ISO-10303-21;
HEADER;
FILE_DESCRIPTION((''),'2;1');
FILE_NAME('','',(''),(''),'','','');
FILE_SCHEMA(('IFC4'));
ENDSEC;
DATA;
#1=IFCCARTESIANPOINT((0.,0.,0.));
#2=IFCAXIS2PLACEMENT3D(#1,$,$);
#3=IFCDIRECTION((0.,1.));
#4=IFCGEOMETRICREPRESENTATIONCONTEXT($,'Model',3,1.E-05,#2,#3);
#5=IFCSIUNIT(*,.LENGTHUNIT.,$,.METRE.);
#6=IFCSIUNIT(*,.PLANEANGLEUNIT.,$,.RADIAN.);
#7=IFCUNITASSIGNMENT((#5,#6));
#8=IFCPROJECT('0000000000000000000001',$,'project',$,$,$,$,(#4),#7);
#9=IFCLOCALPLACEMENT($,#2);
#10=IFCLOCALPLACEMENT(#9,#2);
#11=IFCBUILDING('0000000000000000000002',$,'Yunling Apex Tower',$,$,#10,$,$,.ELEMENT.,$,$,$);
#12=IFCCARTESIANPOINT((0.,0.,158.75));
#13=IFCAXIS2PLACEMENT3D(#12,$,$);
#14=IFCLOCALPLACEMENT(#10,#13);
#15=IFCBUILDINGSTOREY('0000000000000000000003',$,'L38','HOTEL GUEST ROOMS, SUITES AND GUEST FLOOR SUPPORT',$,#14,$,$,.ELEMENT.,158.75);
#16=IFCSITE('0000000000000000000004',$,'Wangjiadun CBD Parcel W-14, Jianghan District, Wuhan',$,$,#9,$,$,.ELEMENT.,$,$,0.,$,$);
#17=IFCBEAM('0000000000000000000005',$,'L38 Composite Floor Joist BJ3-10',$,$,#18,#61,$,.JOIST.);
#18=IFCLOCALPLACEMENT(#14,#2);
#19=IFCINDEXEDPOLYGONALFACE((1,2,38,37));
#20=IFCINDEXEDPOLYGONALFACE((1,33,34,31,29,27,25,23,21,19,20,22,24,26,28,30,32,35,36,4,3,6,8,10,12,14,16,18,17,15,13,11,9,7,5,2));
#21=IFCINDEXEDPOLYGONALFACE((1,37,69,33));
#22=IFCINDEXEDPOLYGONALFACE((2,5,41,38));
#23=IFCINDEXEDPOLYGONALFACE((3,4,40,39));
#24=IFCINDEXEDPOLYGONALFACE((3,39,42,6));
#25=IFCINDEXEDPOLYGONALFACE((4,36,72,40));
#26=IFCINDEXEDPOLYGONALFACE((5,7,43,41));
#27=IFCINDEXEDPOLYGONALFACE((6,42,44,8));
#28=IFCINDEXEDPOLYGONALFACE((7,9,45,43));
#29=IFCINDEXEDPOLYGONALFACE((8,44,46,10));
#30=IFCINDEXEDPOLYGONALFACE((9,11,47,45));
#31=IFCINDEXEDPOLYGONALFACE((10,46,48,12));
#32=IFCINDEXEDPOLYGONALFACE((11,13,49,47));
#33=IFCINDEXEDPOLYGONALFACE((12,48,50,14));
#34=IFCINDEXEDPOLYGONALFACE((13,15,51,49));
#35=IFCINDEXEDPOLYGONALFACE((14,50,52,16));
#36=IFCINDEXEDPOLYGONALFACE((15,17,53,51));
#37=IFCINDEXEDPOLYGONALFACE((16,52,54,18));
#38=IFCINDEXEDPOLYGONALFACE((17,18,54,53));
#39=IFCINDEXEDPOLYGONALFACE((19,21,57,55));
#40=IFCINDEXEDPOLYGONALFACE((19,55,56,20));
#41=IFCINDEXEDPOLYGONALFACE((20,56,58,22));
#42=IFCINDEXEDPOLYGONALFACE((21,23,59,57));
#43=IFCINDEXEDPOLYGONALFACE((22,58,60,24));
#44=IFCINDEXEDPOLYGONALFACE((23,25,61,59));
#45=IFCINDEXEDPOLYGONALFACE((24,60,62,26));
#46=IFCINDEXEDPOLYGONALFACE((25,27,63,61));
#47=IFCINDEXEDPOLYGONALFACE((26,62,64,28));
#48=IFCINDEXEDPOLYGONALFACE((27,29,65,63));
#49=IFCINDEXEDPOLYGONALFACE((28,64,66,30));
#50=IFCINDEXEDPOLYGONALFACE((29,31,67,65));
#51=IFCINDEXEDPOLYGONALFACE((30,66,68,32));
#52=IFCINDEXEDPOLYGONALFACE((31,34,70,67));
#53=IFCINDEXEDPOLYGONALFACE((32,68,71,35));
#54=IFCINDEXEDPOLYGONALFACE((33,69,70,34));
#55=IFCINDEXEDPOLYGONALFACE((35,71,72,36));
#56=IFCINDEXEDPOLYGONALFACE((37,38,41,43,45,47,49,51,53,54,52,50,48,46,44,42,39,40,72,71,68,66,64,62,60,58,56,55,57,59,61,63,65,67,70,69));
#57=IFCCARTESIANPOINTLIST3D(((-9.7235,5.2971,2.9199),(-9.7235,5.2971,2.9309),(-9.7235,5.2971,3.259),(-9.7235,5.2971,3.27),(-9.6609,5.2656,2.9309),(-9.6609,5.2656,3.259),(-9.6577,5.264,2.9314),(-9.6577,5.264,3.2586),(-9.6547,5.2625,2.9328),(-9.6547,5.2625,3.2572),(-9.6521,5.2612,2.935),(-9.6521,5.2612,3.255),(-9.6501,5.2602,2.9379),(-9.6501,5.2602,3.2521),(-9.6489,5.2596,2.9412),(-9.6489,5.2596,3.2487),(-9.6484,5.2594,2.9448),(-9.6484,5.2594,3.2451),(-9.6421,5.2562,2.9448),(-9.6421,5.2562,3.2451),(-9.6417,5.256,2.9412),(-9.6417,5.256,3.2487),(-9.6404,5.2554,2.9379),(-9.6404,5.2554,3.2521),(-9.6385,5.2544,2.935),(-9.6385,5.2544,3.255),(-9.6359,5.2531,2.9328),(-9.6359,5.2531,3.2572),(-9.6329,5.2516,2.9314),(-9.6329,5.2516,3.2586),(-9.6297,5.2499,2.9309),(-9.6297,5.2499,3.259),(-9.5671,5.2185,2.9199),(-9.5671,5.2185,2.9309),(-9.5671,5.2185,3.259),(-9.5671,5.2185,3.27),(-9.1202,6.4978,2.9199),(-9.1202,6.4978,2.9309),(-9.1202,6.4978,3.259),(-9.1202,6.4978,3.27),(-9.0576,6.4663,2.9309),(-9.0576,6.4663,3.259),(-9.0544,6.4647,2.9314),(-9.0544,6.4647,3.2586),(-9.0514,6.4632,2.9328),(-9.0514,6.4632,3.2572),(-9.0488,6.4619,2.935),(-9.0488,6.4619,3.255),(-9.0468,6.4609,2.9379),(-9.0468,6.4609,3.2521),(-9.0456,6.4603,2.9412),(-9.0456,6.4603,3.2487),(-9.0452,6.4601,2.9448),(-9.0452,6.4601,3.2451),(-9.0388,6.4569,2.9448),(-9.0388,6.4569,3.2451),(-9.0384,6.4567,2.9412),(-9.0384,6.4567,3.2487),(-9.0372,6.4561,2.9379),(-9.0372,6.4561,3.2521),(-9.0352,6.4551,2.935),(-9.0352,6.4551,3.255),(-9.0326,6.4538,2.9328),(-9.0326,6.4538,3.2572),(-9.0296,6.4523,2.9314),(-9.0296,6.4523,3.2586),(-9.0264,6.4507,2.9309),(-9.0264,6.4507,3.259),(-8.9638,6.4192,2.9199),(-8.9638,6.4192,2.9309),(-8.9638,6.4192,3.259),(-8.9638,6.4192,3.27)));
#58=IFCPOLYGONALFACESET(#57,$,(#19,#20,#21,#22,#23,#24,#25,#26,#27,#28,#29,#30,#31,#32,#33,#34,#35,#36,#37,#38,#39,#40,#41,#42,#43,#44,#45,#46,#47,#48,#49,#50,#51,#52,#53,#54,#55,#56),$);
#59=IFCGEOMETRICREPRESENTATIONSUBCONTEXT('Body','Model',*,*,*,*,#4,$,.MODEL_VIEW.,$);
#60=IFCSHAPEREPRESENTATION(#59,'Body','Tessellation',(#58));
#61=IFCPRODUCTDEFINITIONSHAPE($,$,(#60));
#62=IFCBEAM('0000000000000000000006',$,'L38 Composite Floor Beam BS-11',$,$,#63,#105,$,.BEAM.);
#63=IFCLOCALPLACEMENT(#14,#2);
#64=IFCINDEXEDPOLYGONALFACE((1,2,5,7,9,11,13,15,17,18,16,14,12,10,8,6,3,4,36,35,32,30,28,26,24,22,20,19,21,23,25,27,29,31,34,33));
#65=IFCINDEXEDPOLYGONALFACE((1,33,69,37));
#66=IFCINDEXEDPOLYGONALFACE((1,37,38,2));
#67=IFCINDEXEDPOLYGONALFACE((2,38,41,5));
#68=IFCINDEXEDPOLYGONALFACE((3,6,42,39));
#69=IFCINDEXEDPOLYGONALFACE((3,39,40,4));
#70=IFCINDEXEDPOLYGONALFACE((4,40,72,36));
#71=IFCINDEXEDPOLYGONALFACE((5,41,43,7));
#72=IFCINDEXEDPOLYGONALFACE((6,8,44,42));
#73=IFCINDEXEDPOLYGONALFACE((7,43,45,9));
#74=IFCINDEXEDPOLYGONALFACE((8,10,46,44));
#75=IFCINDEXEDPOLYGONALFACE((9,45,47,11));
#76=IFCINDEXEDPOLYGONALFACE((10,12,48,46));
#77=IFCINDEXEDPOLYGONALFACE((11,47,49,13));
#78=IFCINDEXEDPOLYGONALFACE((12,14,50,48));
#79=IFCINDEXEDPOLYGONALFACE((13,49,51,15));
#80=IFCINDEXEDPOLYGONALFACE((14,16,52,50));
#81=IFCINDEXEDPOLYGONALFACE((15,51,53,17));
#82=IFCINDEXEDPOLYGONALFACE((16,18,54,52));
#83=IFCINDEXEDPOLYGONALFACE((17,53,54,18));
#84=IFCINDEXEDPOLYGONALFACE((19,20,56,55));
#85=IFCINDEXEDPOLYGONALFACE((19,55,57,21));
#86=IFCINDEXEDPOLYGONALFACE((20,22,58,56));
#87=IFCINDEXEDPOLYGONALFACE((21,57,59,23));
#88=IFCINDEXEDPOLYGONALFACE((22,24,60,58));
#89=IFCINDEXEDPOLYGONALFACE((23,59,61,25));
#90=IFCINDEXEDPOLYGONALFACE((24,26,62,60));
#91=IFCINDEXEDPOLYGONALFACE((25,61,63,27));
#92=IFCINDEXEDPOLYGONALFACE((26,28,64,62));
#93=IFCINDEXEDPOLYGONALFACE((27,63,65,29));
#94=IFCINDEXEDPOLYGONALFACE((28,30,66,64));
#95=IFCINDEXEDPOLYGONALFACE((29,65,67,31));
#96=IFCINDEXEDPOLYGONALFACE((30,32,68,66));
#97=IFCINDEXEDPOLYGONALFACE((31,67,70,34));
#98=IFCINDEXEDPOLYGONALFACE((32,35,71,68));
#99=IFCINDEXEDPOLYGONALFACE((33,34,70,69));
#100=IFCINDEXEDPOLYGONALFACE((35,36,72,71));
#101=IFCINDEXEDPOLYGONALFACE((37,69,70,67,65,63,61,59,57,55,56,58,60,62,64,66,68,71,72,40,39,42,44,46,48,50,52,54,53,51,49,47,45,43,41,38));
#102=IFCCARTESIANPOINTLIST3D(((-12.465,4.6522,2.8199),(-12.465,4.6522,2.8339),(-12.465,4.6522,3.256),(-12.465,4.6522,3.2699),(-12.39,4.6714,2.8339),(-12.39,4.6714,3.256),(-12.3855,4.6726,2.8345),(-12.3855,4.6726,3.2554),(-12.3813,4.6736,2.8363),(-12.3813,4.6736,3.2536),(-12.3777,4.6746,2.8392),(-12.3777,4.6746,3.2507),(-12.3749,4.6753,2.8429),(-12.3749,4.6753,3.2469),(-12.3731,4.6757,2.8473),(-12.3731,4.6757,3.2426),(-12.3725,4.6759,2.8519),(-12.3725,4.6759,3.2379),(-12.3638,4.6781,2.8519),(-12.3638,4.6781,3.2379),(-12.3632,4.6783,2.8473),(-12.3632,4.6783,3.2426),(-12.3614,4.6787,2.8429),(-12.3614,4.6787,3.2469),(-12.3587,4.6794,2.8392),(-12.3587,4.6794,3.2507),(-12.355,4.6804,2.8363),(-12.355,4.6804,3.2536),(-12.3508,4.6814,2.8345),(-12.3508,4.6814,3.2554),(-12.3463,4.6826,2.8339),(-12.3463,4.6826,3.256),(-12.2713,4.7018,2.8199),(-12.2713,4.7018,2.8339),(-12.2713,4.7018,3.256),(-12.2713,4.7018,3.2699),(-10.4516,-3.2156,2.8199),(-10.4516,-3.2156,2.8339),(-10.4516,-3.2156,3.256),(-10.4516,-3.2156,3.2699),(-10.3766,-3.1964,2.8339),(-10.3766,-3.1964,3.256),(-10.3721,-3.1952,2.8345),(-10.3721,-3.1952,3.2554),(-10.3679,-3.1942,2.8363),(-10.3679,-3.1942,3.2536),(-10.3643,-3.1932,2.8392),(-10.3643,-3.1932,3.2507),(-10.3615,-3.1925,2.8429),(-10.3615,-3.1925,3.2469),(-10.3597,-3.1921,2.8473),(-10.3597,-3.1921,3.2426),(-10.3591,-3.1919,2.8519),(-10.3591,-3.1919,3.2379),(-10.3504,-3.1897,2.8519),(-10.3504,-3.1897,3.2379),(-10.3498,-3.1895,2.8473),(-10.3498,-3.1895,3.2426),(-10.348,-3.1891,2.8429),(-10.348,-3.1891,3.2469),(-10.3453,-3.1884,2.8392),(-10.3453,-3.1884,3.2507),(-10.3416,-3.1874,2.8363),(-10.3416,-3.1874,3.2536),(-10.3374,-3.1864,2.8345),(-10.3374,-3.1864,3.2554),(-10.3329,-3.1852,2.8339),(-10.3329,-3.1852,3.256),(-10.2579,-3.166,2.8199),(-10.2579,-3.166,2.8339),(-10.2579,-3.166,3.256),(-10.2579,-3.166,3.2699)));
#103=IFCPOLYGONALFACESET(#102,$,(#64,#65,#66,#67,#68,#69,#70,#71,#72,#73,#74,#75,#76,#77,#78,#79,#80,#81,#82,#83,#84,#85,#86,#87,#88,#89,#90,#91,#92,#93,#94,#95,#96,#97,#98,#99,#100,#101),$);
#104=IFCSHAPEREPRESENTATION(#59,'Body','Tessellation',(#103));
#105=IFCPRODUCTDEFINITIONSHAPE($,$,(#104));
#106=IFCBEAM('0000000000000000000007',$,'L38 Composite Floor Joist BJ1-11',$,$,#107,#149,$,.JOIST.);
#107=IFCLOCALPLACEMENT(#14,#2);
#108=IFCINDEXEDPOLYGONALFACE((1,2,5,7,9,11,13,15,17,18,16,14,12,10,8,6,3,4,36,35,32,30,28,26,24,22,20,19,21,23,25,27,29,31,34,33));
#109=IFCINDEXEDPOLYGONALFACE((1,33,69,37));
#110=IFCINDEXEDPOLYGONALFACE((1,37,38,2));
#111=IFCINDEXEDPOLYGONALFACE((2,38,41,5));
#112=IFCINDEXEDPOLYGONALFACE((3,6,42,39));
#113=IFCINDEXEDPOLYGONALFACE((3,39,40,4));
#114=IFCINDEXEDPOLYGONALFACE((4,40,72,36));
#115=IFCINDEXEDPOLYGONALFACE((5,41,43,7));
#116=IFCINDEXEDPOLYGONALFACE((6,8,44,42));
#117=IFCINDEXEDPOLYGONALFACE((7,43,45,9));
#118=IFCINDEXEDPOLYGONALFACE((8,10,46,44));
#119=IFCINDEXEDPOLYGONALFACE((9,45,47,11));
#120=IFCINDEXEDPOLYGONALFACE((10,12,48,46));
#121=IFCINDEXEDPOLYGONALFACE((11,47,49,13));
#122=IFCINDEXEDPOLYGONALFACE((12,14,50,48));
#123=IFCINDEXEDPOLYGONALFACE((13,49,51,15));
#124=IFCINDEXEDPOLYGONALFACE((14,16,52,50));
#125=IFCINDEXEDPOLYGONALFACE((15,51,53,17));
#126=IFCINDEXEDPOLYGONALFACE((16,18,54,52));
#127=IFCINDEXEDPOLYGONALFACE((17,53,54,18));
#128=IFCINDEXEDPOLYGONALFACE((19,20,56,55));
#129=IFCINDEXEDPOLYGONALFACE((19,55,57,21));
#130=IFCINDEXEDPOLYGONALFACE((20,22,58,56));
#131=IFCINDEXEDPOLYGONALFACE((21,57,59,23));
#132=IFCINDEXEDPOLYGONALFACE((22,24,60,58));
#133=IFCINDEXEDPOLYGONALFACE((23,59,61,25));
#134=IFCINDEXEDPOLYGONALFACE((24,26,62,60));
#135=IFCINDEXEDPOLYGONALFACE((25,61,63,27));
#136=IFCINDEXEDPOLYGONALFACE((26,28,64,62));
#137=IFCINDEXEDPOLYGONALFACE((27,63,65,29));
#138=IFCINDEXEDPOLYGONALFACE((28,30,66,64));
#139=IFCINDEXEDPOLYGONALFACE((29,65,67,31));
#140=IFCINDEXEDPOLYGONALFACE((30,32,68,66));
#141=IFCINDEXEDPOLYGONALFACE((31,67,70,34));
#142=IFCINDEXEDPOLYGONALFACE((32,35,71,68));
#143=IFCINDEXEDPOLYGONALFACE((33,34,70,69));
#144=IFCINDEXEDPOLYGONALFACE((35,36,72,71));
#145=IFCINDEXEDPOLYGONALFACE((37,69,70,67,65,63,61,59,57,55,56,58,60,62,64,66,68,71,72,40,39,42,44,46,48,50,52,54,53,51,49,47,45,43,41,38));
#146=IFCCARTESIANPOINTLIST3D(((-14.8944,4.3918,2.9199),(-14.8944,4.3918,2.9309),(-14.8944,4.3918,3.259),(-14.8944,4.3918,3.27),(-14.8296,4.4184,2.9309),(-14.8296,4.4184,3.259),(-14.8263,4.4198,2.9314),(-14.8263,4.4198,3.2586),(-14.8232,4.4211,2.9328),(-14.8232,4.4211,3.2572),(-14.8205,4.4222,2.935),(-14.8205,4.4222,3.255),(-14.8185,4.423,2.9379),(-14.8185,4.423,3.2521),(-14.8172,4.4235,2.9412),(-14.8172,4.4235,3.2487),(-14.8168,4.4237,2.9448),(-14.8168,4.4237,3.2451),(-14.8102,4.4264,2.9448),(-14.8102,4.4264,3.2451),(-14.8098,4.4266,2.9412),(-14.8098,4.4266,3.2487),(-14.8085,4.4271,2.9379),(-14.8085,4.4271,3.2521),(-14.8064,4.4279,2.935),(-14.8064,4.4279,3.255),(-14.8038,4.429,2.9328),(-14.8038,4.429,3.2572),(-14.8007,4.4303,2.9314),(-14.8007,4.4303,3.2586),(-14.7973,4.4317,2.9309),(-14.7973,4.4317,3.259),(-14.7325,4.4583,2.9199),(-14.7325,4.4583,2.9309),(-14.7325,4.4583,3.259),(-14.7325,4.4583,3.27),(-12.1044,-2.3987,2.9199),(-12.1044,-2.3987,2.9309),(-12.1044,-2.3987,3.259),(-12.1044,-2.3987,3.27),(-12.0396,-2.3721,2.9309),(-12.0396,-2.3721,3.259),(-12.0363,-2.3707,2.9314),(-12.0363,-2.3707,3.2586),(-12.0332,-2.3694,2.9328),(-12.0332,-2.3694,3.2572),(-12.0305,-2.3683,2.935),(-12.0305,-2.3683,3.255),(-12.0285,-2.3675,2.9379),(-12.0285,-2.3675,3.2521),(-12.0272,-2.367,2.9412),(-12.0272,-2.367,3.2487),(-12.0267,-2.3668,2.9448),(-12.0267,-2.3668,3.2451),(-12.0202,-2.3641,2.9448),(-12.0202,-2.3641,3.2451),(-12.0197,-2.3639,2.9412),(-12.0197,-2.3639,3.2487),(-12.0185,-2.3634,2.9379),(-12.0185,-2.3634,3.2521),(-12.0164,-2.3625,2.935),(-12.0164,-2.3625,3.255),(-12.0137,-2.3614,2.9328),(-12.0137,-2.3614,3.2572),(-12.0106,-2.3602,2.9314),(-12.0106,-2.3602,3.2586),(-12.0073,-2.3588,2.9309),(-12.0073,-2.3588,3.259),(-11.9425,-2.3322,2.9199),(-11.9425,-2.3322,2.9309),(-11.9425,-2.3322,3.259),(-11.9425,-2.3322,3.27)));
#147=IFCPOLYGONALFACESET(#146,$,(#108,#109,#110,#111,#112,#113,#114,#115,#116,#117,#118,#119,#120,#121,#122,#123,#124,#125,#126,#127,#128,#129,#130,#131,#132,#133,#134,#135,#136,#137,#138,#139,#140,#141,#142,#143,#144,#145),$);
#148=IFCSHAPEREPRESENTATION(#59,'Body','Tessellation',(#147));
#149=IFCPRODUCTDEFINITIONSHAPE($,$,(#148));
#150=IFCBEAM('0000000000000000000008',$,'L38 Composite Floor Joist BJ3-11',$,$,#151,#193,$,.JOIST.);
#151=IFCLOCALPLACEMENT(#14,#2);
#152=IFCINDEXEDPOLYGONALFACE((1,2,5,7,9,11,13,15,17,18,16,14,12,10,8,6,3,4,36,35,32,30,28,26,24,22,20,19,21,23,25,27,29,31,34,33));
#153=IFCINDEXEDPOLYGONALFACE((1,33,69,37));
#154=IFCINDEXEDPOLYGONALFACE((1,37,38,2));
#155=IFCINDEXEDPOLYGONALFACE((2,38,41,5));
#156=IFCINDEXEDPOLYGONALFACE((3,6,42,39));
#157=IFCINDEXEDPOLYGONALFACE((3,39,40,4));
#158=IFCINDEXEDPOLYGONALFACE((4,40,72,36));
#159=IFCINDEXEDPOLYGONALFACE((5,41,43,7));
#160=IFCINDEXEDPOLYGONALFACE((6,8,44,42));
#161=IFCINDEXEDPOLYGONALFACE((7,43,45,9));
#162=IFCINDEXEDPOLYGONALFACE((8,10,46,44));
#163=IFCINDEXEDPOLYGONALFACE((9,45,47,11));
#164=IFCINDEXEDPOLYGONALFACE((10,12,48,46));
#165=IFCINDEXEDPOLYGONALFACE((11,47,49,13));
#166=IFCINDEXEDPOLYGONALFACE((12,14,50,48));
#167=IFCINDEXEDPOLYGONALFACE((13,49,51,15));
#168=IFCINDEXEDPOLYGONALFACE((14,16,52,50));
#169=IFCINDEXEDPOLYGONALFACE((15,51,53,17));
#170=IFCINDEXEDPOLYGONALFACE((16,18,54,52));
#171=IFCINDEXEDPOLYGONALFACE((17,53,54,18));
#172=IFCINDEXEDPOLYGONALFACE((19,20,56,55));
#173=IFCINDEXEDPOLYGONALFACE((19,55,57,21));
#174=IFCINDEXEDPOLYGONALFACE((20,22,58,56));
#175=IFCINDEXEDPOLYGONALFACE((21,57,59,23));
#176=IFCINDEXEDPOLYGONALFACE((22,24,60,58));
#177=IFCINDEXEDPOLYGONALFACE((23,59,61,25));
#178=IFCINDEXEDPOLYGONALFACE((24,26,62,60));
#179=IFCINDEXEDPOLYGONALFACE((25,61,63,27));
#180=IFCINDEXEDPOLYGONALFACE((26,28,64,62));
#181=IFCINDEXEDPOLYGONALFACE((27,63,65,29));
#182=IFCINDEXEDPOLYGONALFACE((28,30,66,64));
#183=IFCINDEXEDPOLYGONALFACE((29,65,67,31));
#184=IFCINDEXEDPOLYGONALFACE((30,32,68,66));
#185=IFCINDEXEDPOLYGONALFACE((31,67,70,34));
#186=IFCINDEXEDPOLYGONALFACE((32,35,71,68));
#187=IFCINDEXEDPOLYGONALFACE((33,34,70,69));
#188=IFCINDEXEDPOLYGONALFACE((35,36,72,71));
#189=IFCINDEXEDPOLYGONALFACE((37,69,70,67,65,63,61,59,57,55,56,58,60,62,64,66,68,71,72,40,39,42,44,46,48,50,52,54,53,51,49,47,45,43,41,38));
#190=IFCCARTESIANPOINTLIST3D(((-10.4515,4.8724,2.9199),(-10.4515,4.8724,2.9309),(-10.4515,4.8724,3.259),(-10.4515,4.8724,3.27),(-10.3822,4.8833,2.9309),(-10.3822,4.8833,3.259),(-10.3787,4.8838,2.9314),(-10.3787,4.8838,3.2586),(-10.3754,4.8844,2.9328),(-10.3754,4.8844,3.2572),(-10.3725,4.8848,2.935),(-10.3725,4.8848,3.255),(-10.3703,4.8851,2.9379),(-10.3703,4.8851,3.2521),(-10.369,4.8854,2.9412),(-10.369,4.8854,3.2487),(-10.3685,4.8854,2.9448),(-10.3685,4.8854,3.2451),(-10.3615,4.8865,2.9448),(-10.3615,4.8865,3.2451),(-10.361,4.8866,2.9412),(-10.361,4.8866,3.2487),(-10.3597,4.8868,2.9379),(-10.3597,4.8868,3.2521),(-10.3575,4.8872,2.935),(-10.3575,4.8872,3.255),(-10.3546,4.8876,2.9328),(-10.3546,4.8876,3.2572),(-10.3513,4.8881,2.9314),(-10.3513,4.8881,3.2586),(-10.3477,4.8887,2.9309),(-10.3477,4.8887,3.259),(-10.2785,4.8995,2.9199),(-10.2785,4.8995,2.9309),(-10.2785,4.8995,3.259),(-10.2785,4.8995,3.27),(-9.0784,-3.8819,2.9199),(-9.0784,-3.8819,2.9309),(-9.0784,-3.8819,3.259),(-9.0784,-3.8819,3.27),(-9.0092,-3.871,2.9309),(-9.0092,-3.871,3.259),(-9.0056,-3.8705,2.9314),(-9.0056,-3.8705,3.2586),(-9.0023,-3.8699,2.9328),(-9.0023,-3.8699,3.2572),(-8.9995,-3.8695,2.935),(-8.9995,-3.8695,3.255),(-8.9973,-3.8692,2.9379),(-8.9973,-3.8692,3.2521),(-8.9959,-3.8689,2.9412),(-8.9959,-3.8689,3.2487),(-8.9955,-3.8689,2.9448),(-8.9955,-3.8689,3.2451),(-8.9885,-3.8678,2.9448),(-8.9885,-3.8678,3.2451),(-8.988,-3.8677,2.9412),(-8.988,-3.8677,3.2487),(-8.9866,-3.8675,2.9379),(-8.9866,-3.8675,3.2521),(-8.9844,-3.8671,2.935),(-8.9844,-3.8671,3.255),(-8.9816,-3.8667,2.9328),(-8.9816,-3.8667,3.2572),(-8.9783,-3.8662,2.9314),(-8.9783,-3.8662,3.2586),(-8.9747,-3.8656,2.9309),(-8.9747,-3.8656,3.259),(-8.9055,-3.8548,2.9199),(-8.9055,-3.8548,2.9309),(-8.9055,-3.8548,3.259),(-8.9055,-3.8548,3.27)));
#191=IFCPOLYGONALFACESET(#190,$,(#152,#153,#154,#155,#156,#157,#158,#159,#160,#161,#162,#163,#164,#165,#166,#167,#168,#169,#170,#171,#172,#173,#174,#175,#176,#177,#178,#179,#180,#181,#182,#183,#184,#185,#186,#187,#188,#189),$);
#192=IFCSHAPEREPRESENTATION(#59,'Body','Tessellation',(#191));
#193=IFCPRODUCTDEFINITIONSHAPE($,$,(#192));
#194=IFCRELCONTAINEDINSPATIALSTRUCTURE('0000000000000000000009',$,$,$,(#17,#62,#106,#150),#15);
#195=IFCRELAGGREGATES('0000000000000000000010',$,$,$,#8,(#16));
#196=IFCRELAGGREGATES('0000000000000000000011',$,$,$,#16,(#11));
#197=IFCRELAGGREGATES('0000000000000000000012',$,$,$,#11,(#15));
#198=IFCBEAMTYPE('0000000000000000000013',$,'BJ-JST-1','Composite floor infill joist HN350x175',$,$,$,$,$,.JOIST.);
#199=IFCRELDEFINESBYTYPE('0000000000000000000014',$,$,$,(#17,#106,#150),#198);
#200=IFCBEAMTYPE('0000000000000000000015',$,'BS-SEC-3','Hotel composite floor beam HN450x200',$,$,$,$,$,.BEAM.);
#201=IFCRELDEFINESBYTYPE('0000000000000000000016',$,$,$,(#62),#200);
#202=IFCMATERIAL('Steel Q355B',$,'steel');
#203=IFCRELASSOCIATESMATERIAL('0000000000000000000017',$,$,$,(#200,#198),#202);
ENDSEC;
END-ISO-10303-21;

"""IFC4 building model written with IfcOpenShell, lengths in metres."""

from ifc_helpers import new_model, si_unit, direction, frame, origin, origin_2d, place, context, subcontext, project, spatial, i_section, extrude, source, transform, mapped, material, material_profile, profile_set, type_object, element, save


model = new_model("IFC4")

# Units and contexts
model_context = context("Model", 3, precision=1e-05, world=origin(), true_north=direction((0.0, 1.0)))
body_context = subcontext(model_context, "Body", "Model", "MODEL_VIEW")
ifc_project = project(units=[si_unit("LENGTHUNIT", "METRE"), si_unit("PLANEANGLEUNIT", "RADIAN")], contexts=[model_context])

# Site, building, storey
site_placement = place(None, origin())
site = spatial("IfcSite", under=ifc_project, at=site_placement, Name="Wangjiadun CBD Parcel W-14, Jianghan District, Wuhan", CompositionType="ELEMENT", RefElevation=0.0)
building_placement = place(site_placement, origin())
building = spatial("IfcBuilding", under=site, at=building_placement, Name="Yunling Apex Tower", CompositionType="ELEMENT")
storey_placement = place(building_placement, frame((0.0, 0.0, 158.75)))
storey = spatial("IfcBuildingStorey", under=building, at=storey_placement, Name="L38", Description="HOTEL GUEST ROOMS, SUITES AND GUEST FLOOR SUPPORT", CompositionType="ELEMENT", Elevation=158.75)

# Beams
ifc_material_1 = material(Name="Steel Q355B", Category="steel")
ifc_material_profile_1 = material_profile(ifc_material_1, i_section(OverallWidth=0.2, OverallDepth=0.45, WebThickness=0.009, FlangeThickness=0.0139, FilletRadius=0.0181, at=origin_2d()))
ifc_profile_set_1 = profile_set([ifc_material_profile_1], Name="Steel Q355B")
beam_type_1 = type_object("IfcBeamType", Name="BS-SEC-3", Description="Hotel composite floor beam HN450x200", PredefinedType="BEAM", material=ifc_profile_set_1)
ifc_material_profile_2 = material_profile(ifc_material_1, i_section(OverallWidth=0.175, OverallDepth=0.3501, WebThickness=0.0071, FlangeThickness=0.011, FilletRadius=0.0139, at=origin_2d()))
ifc_profile_set_2 = profile_set([ifc_material_profile_2], Name="Steel Q355B")
beam_type_2 = type_object("IfcBeamType", Name="BJ-JST-1", Description="Composite floor infill joist HN350x175", PredefinedType="JOIST", material=ifc_profile_set_2)
shared_shape_1 = source(origin(), body_context, "Body", "SweptSolid", [
    extrude(i_section(OverallWidth=0.175, OverallDepth=0.3501, WebThickness=0.0071, FlangeThickness=0.011, FilletRadius=0.0139, at=origin_2d()), origin(), (0.0, 0.0, 1.0), 1.3438),
])
beam_1_placement = place(storey_placement, frame((-9.042, 6.4585, 3.095), z_axis=(-0.448957, -0.893553, 0.0), x_axis=(0.893553, -0.448957, 0.0)))
element("IfcBeam", 1, at=beam_1_placement, inside=storey, type_object=beam_type_2, Name="L38 Composite Floor Joist BJ3-10", PredefinedType="JOIST", context=body_context, shape_type="MappedRepresentation", body=[
    mapped(shared_shape_1, transform((0.0, 0.0, 0.0), scale=1.0)),
])
shared_shape_2 = source(origin(), body_context, "Body", "SweptSolid", [
    extrude(i_section(OverallWidth=0.2, OverallDepth=0.45, WebThickness=0.009, FlangeThickness=0.0139, FilletRadius=0.0181, at=origin_2d()), origin(), (0.0, 0.0, 1.0), 8.1213),
])
beam_2_placement = place(storey_placement, frame((-12.3682, 4.677, 3.0449), z_axis=(0.247915, -0.968782, 0.0), x_axis=(0.968782, 0.247915, 0.0)))
element("IfcBeam", 2, at=beam_2_placement, inside=storey, type_object=beam_type_1, Name="L38 Composite Floor Beam BS-11", PredefinedType="BEAM", context=body_context, shape_type="MappedRepresentation", body=[
    mapped(shared_shape_2, transform((0.0, 0.0, 0.0), scale=1.0)),
])
shared_shape_3 = source(origin(), body_context, "Body", "SweptSolid", [
    extrude(i_section(OverallWidth=0.175, OverallDepth=0.3501, WebThickness=0.0071, FlangeThickness=0.011, FilletRadius=0.0139, at=origin_2d()), origin(), (0.0, 0.0, 1.0), 7.3413),
])
beam_3_placement = place(storey_placement, frame((-14.8135, 4.425, 3.095), z_axis=(0.380044, -0.924968, 0.0), x_axis=(0.924968, 0.380044, 0.0)))
element("IfcBeam", 3, at=beam_3_placement, inside=storey, type_object=beam_type_2, Name="L38 Composite Floor Joist BJ1-11", PredefinedType="JOIST", context=body_context, shape_type="MappedRepresentation", body=[
    mapped(shared_shape_3, transform((0.0, 0.0, 0.0), scale=1.0)),
])
shared_shape_4 = source(origin(), body_context, "Body", "SweptSolid", [
    extrude(i_section(OverallWidth=0.175, OverallDepth=0.3501, WebThickness=0.0071, FlangeThickness=0.011, FilletRadius=0.0139, at=origin_2d()), origin(), (0.0, 0.0, 1.0), 8.8613),
])
beam_4_placement = place(storey_placement, frame((-10.365, 4.886, 3.095), z_axis=(0.154947, -0.987923, 0.0), x_axis=(0.987923, 0.154947, 0.0)))
element("IfcBeam", 4, at=beam_4_placement, inside=storey, type_object=beam_type_2, Name="L38 Composite Floor Joist BJ3-11", PredefinedType="JOIST", context=body_context, shape_type="MappedRepresentation", body=[
    mapped(shared_shape_4, transform((0.0, 0.0, 0.0), scale=1.0)),
])

save(model, "model.ifc")
